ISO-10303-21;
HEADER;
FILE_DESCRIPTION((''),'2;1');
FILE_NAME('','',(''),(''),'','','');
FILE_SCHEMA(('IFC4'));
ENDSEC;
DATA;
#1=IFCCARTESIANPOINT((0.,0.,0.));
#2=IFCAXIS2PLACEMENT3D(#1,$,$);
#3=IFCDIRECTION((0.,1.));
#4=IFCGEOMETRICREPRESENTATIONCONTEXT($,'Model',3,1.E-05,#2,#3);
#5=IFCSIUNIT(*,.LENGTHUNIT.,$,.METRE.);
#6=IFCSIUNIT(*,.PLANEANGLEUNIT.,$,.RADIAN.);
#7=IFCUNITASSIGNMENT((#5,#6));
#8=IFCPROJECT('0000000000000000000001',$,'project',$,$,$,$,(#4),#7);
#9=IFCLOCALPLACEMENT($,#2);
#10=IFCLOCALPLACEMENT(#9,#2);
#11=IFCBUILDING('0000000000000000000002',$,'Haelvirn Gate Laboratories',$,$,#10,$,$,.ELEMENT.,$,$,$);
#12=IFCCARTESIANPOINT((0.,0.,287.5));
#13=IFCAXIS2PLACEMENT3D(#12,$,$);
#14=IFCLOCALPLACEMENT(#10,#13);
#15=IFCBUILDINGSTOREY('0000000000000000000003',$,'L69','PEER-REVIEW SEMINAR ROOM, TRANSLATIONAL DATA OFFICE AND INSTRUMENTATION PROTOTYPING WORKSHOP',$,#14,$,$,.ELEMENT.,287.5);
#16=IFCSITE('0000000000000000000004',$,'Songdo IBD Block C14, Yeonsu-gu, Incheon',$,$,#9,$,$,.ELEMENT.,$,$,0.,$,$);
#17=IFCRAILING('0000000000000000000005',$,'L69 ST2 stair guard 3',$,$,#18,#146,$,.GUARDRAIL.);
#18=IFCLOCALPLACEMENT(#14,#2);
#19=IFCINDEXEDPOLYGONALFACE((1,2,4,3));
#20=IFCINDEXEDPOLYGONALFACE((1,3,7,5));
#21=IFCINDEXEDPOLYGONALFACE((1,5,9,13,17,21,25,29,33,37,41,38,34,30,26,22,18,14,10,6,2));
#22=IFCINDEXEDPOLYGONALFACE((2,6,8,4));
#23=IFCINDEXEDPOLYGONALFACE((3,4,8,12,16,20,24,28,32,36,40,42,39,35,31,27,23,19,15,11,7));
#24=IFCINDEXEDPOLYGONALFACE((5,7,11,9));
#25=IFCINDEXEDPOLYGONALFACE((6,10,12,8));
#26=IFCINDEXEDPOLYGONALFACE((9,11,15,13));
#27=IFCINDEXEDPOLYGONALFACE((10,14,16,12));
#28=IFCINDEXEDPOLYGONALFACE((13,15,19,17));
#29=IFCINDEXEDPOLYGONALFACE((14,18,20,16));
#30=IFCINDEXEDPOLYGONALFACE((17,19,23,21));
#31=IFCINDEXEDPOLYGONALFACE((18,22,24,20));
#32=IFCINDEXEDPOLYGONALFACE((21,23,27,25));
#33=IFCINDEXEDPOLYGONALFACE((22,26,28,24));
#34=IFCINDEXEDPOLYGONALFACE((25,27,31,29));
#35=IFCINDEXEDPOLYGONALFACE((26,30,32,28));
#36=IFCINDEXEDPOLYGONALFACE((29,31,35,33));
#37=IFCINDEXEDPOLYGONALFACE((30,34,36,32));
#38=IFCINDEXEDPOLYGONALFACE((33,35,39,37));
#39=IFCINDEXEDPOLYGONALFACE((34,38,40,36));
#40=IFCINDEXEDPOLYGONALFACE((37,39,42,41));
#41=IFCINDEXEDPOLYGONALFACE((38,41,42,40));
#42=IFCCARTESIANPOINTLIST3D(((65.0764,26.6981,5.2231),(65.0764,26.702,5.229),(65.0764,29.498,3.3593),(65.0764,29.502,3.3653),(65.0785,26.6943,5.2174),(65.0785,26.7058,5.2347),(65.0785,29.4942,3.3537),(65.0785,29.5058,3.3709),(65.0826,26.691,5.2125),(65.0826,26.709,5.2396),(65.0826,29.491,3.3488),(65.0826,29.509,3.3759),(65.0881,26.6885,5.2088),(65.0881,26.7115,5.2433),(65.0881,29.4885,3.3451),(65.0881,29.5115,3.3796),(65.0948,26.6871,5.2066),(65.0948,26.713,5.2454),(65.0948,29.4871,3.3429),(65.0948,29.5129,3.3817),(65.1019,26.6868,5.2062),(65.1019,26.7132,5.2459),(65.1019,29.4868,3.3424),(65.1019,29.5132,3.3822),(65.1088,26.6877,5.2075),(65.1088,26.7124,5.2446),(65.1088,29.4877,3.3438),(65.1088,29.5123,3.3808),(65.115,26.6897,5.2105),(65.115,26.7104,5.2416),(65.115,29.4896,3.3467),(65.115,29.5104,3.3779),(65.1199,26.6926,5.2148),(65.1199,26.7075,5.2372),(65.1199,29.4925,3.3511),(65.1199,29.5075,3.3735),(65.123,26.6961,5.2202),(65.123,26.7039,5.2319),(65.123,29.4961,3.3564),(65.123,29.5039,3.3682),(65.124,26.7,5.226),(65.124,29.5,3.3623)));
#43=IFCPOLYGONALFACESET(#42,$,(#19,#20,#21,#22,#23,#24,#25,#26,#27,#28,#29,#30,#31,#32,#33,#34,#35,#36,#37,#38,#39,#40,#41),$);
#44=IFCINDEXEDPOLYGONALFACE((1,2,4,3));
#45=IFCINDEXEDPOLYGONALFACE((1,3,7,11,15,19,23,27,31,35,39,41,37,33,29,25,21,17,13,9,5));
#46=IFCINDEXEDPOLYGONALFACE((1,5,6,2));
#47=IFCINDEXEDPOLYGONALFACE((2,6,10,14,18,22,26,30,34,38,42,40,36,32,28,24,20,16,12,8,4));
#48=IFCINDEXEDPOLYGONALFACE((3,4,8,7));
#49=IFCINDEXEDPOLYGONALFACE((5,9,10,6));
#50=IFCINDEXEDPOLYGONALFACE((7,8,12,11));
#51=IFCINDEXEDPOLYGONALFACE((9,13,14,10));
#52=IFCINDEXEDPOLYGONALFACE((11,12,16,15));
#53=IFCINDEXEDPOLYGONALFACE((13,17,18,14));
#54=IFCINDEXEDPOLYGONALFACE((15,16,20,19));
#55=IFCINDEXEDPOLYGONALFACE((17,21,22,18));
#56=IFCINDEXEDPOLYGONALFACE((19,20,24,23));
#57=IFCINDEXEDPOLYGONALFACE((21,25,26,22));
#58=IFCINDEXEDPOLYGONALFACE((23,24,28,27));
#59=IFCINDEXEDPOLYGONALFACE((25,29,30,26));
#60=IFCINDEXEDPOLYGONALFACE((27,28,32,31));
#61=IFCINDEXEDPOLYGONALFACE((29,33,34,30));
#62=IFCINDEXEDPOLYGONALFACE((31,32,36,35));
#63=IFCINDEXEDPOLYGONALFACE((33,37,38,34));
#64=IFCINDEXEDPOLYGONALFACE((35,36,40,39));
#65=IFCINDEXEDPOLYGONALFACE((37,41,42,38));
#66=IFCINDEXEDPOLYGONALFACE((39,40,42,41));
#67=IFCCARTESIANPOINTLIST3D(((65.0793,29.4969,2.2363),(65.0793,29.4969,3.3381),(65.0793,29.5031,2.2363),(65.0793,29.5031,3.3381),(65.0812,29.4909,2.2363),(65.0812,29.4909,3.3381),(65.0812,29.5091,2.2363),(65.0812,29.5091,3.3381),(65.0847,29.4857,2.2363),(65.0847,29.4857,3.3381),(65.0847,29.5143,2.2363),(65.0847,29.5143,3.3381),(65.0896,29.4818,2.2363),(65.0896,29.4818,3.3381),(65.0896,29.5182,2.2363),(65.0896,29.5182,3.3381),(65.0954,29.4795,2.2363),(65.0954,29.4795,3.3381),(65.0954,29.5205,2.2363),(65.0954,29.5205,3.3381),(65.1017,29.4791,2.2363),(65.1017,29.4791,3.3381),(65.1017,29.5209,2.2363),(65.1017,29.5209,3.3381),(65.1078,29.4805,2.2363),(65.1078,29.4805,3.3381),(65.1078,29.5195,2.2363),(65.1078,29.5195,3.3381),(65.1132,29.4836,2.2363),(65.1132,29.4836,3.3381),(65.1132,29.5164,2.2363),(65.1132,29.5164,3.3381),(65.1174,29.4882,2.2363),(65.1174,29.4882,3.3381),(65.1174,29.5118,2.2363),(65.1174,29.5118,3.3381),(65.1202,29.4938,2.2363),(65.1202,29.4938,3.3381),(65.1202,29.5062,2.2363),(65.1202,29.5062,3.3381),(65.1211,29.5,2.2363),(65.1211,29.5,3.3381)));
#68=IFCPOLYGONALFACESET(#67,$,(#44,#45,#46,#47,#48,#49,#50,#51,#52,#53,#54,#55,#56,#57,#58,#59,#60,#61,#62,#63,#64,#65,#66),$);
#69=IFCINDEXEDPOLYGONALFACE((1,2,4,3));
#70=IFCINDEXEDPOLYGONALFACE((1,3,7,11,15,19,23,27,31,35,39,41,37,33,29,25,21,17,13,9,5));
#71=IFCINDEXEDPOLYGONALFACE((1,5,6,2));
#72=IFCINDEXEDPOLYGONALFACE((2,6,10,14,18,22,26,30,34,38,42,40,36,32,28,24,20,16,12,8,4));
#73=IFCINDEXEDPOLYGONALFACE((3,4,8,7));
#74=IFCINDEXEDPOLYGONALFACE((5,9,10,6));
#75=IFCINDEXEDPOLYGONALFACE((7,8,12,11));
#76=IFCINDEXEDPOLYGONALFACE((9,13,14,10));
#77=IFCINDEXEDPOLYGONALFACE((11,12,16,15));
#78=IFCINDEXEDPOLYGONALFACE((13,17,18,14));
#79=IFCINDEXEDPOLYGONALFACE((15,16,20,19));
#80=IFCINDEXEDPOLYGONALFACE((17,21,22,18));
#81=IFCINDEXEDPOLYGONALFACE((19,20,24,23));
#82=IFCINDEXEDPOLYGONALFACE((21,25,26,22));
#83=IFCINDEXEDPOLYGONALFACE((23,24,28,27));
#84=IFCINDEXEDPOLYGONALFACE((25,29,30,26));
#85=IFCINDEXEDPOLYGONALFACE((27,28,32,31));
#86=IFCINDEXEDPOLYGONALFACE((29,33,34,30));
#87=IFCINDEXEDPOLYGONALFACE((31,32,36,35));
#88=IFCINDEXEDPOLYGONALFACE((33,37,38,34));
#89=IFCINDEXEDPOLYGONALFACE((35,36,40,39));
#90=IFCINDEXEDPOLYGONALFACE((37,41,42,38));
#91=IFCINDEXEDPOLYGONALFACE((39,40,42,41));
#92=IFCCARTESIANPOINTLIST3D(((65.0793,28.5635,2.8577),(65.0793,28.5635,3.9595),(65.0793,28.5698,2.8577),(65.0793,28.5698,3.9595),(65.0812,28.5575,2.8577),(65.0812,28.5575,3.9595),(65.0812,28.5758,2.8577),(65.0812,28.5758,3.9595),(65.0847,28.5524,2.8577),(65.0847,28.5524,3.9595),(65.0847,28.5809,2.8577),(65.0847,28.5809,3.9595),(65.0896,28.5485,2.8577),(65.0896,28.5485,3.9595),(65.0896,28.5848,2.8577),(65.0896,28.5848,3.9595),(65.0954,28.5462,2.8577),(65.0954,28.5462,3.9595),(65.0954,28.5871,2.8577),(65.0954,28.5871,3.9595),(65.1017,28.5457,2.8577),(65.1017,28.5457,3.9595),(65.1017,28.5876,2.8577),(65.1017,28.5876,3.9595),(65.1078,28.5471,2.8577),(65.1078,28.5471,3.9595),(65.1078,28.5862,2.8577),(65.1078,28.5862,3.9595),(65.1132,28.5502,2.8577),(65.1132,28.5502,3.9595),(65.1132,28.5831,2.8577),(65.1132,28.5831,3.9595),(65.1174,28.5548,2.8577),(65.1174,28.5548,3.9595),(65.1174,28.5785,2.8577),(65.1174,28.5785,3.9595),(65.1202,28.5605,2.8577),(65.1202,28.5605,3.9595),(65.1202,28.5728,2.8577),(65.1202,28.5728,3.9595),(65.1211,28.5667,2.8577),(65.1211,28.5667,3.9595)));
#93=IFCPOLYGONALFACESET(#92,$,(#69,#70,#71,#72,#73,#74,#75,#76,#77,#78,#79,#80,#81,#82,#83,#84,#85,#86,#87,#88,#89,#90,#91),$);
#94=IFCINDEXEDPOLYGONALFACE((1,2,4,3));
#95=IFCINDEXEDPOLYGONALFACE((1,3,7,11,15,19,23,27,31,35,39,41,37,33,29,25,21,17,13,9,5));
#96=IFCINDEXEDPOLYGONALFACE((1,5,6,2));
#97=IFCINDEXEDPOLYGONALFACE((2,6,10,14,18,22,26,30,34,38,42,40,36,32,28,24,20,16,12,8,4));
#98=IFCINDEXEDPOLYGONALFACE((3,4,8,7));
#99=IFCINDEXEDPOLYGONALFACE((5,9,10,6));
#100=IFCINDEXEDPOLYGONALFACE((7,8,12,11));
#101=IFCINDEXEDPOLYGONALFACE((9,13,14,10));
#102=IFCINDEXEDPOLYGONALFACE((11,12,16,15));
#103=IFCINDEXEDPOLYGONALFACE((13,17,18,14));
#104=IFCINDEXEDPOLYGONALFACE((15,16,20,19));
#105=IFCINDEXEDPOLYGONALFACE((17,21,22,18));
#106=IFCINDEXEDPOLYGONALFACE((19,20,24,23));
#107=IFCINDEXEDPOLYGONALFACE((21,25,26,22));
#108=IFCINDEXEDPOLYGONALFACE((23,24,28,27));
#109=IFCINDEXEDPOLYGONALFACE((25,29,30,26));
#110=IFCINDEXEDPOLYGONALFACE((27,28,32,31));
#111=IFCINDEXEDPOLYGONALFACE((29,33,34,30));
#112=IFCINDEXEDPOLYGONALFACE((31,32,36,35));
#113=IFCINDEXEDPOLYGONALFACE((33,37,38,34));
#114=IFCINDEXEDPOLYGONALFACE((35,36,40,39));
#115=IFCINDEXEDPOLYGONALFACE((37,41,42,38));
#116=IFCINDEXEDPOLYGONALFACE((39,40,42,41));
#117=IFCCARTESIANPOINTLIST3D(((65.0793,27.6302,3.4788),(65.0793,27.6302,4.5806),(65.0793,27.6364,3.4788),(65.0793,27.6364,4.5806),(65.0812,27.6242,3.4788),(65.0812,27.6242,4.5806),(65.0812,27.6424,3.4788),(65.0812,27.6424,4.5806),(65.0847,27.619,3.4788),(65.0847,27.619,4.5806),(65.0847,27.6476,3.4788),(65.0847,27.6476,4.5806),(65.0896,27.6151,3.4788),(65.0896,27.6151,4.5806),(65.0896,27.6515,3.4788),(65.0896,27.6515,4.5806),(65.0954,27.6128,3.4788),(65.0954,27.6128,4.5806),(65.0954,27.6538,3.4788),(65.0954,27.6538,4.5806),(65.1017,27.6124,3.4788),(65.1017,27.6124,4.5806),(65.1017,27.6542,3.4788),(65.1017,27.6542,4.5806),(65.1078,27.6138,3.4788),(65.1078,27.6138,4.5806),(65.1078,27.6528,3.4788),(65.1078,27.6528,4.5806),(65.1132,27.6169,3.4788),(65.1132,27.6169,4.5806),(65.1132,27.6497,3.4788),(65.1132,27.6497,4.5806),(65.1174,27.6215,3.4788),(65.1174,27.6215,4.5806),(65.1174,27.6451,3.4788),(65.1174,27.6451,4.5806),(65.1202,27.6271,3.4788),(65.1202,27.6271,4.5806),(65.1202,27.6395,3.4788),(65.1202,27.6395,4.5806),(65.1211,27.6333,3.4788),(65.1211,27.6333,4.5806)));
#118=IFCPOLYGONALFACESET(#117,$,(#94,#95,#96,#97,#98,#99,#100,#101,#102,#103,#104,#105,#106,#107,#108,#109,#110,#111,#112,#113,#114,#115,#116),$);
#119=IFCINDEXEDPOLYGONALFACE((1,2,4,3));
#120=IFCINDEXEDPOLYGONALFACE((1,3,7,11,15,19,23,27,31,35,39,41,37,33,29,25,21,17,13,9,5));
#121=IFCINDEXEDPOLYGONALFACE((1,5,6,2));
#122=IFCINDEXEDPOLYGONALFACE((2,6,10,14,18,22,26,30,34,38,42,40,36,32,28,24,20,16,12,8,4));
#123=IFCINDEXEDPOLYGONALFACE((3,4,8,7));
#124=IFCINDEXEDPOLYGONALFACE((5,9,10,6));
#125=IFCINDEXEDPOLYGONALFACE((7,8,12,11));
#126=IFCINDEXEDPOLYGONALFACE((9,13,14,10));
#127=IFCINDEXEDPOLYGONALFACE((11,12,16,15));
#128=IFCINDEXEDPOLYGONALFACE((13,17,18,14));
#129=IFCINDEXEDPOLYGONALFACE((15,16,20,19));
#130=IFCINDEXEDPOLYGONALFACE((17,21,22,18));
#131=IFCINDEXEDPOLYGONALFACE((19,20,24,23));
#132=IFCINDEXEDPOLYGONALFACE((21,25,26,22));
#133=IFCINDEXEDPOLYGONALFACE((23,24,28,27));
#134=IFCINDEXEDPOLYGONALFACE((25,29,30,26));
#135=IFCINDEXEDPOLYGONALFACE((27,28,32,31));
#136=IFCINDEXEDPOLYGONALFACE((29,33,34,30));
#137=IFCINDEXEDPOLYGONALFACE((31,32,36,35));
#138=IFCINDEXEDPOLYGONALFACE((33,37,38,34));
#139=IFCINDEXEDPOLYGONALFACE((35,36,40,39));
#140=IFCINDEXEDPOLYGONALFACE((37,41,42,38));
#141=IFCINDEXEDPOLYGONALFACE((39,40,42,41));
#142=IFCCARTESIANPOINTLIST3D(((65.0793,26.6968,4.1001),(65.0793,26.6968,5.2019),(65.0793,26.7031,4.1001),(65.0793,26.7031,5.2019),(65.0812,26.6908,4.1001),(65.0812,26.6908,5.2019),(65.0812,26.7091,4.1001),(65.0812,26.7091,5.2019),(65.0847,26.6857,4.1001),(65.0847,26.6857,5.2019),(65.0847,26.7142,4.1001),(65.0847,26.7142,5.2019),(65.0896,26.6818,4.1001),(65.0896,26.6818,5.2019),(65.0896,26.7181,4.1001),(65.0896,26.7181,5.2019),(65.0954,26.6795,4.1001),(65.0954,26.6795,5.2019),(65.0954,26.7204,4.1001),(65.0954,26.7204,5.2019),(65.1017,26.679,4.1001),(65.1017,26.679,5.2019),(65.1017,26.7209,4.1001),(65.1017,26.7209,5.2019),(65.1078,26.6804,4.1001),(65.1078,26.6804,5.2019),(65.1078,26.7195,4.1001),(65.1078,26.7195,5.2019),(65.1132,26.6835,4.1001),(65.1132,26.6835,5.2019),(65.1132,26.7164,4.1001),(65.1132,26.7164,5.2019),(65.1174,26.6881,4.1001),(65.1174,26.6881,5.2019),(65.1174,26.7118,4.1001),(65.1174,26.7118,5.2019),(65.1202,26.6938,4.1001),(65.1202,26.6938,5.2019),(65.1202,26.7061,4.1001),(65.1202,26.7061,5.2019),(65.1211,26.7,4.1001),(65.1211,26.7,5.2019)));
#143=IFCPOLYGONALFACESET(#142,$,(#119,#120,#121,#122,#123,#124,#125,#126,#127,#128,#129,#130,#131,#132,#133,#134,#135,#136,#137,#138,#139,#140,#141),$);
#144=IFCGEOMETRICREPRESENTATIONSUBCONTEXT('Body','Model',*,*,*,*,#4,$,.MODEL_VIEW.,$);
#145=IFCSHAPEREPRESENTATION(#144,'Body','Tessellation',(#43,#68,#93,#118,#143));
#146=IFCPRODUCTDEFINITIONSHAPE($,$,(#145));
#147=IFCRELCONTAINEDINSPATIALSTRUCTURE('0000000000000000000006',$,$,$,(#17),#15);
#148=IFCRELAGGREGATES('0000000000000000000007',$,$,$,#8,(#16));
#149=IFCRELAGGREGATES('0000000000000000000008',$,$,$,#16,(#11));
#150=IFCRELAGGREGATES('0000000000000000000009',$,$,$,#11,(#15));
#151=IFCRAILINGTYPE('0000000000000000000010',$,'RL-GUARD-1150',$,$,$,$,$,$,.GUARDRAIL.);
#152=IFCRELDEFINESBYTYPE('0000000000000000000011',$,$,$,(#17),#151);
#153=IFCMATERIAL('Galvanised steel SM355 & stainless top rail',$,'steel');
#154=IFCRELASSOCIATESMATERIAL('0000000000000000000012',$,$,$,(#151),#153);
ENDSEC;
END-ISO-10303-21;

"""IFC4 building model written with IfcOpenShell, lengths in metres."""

from ifc_helpers import new_model, si_unit, direction, frame, origin, origin_2d, place, context, subcontext, project, spatial, circle, extrude, source, transform, mapped, material, type_object, element, save


model = new_model("IFC4")

# Units and contexts
model_context = context("Model", 3, precision=1e-05, world=origin(), true_north=direction((0.0, 1.0)))
body_context = subcontext(model_context, "Body", "Model", "MODEL_VIEW")
ifc_project = project(units=[si_unit("LENGTHUNIT", "METRE"), si_unit("PLANEANGLEUNIT", "RADIAN")], contexts=[model_context])

# Site, building, storey
site_placement = place(None, origin())
site = spatial("IfcSite", under=ifc_project, at=site_placement, Name="Songdo IBD Block C14, Yeonsu-gu, Incheon", CompositionType="ELEMENT", RefElevation=0.0)
building_placement = place(site_placement, origin())
building = spatial("IfcBuilding", under=site, at=building_placement, Name="Haelvirn Gate Laboratories", CompositionType="ELEMENT")
storey_placement = place(building_placement, frame((0.0, 0.0, 287.5)))
storey = spatial("IfcBuildingStorey", under=building, at=storey_placement, Name="L69", Description="PEER-REVIEW SEMINAR ROOM, TRANSLATIONAL DATA OFFICE AND INSTRUMENTATION PROTOTYPING WORKSHOP", CompositionType="ELEMENT", Elevation=287.5)

# Railing
ifc_material_1 = material(Name="Galvanised steel SM355 & stainless top rail", Category="steel")
railing_type_1 = type_object("IfcRailingType", Name="RL-GUARD-1150", PredefinedType="GUARDRAIL", material=ifc_material_1)
shared_shape_1 = source(origin(), body_context, "Body", "SweptSolid", [
    extrude(circle(Radius=0.0239, at=origin_2d()), frame((0.0, 0.0, 1.126), z_axis=(0.0, -0.832452, 0.554097), x_axis=(1.0, 0.0, 0.0)), (0.0, 0.0, 1.0), 3.3635),
    extrude(circle(Radius=0.021, at=origin_2d()), origin(), (0.0, 0.0, 1.0), 1.1018),
    extrude(circle(Radius=0.021, at=origin_2d()), frame((0.0, -0.9333, 0.6213)), (0.0, 0.0, 1.0), 1.1018),
    extrude(circle(Radius=0.021, at=origin_2d()), frame((0.0, -1.8667, 1.2424)), (0.0, 0.0, 1.0), 1.1018),
    extrude(circle(Radius=0.021, at=origin_2d()), frame((0.0, -2.8, 1.8638)), (0.0, 0.0, 1.0), 1.1018),
])
railing_1_placement = place(storey_placement, frame((65.1001, 29.5, 2.2363)))
element("IfcRailing", 1, at=railing_1_placement, inside=storey, type_object=railing_type_1, Name="L69 ST2 stair guard 3", PredefinedType="GUARDRAIL", context=body_context, shape_type="MappedRepresentation", body=[
    mapped(shared_shape_1, transform((0.0, 0.0, 0.0), scale=1.0)),
])

save(model, "model.ifc")
